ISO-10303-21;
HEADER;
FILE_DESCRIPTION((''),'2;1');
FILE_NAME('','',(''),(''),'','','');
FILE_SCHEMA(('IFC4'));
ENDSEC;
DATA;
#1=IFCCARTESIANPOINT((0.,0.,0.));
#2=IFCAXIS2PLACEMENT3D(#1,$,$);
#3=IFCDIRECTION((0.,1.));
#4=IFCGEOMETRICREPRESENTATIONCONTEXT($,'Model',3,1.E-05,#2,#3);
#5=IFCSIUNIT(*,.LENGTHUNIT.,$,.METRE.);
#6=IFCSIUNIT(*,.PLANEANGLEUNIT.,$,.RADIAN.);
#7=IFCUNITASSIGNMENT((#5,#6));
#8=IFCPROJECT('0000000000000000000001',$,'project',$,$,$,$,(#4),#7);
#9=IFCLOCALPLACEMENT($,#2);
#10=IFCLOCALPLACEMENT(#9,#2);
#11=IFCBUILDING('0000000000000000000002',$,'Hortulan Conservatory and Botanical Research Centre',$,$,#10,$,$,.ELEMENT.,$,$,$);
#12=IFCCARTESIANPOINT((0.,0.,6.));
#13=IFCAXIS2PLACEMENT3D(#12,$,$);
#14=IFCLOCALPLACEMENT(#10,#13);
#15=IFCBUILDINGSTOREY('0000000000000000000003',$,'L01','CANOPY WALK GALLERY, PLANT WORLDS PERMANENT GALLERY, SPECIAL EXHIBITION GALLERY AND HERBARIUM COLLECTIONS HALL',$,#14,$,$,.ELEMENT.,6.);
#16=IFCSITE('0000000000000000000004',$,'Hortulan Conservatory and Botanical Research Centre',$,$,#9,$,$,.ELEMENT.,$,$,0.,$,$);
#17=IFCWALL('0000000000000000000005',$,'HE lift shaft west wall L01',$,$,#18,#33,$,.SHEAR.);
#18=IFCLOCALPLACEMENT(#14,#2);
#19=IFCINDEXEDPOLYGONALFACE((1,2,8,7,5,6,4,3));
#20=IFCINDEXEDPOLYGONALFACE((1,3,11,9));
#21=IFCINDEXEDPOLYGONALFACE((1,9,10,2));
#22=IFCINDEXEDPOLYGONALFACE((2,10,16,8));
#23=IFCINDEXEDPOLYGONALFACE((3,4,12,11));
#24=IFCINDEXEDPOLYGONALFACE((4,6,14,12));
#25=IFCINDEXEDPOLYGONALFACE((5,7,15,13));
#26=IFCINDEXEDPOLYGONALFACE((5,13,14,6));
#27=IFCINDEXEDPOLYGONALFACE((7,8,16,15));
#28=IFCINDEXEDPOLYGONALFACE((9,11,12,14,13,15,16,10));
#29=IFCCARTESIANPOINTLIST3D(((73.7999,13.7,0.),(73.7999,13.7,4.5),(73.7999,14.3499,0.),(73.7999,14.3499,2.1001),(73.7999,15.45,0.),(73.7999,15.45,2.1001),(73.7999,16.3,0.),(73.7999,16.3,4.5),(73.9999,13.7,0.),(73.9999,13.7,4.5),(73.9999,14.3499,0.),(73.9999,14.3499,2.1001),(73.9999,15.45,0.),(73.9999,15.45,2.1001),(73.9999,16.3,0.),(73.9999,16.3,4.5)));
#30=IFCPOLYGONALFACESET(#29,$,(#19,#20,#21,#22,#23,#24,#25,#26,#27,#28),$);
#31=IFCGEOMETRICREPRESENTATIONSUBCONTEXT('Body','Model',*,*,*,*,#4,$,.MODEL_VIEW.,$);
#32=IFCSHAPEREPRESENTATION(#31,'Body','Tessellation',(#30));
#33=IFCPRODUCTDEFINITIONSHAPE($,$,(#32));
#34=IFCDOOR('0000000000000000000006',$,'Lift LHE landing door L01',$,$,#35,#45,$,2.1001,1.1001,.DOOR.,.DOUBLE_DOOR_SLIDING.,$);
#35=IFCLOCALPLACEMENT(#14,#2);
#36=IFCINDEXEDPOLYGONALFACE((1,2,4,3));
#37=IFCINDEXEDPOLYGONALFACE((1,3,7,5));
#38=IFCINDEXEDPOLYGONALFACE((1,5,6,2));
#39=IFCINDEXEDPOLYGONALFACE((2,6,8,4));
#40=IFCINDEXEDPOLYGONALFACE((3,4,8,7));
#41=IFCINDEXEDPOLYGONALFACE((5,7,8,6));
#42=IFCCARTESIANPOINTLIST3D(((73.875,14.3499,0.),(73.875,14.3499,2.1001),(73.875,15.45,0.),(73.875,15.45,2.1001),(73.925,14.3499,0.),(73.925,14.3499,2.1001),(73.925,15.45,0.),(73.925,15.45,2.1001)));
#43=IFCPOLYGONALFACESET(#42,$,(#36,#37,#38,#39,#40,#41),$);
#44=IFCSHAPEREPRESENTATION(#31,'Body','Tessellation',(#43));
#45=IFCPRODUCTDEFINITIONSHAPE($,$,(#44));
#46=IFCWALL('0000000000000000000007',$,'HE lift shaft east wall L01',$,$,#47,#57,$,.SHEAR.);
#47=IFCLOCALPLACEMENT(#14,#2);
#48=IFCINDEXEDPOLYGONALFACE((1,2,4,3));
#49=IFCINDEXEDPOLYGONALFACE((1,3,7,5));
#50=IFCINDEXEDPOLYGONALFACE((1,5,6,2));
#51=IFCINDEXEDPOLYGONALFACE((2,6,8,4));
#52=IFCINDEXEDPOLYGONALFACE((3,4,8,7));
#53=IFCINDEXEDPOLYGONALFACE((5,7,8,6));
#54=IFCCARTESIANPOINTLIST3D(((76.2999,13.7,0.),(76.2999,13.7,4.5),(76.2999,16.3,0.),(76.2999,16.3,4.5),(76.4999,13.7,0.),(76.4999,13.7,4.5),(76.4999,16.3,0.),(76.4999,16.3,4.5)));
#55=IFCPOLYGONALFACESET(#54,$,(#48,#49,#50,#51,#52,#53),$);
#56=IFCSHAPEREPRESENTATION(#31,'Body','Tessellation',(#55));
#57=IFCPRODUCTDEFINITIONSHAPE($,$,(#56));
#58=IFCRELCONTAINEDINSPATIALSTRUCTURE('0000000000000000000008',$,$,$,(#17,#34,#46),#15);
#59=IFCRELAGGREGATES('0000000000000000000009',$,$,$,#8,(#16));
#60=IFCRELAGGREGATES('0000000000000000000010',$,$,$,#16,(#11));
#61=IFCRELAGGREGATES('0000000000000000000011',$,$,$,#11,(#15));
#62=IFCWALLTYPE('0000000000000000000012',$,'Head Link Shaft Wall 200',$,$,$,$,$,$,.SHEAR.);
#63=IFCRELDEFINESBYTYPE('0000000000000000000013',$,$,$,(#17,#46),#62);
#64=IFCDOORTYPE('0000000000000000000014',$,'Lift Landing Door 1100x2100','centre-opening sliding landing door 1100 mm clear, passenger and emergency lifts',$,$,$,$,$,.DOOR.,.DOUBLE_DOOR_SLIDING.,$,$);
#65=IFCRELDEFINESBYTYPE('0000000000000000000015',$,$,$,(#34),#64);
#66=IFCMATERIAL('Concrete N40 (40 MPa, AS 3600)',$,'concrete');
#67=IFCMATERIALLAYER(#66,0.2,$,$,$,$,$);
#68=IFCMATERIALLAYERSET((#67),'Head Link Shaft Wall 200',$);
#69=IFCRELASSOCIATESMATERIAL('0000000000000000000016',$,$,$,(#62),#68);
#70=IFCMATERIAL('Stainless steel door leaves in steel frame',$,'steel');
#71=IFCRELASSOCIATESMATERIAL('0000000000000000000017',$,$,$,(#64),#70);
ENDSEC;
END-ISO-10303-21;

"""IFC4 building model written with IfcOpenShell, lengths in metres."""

from ifc_helpers import new_model, si_unit, direction, frame, frame_2d, origin, place, context, subcontext, project, spatial, rectangle, extrude, material, layer, layer_set, type_object, element, fill, save


model = new_model("IFC4")

# Units and contexts
model_context = context("Model", 3, precision=1e-05, world=origin(), true_north=direction((0.0, 1.0)))
body_context = subcontext(model_context, "Body", "Model", "MODEL_VIEW")
ifc_project = project(units=[si_unit("LENGTHUNIT", "METRE"), si_unit("PLANEANGLEUNIT", "RADIAN")], contexts=[model_context])

# Site, building, storey
site_placement = place(None, origin())
site = spatial("IfcSite", under=ifc_project, at=site_placement, Name="Hortulan Conservatory and Botanical Research Centre", CompositionType="ELEMENT", RefElevation=0.0)
building_placement = place(site_placement, origin())
building = spatial("IfcBuilding", under=site, at=building_placement, Name="Hortulan Conservatory and Botanical Research Centre", CompositionType="ELEMENT")
storey_placement = place(building_placement, frame((0.0, 0.0, 6.0)))
storey = spatial("IfcBuildingStorey", under=building, at=storey_placement, Name="L01", Description="CANOPY WALK GALLERY, PLANT WORLDS PERMANENT GALLERY, SPECIAL EXHIBITION GALLERY AND HERBARIUM COLLECTIONS HALL", CompositionType="ELEMENT", Elevation=6.0)

# Shared definitions
ifc_material_1 = material(Name="Concrete N40 (40 MPa, AS 3600)", Category="concrete")
ifc_layer_1 = layer(ifc_material_1, 0.2)
ifc_layer_set_1 = layer_set([ifc_layer_1], Name="Head Link Shaft Wall 200")
wall_type = type_object("IfcWallType", Name="Head Link Shaft Wall 200", PredefinedType="SHEAR", material=ifc_layer_set_1)

# Wall, opening, door
wall_1_placement = place(storey_placement, frame((73.8999, 13.7, 0.0), z_axis=(0.0, 0.0, 1.0), x_axis=(0.0, 1.0, 0.0)))
wall_1 = element("IfcWall", 1, at=wall_1_placement, inside=storey, type_object=wall_type, Name="HE lift shaft west wall L01", PredefinedType="SHEAR", context=body_context, shape_type="SweptSolid", body=[
    extrude(rectangle(XDim=2.6001, YDim=0.2, at=frame_2d((1.3, 0.0))), origin(), (0.0, 0.0, 1.0), 4.5),
])
opening_placement = place(wall_1_placement, frame((0.6499, 0.0, 0.0)))
opening = element("IfcOpeningElement", 2, at=opening_placement, cuts=wall_1, PredefinedType="OPENING", context=body_context, shape_type="SweptSolid", body=[
    extrude(rectangle(XDim=1.1001, YDim=2.1001, at=frame_2d((0.55, 1.05))), frame((0.0, 0.1099, 0.0), z_axis=(0.0, -1.0, 0.0), x_axis=(1.0, 0.0, 0.0)), (0.0, 0.0, 1.0), 0.22),
])
ifc_material_2 = material(Name="Stainless steel door leaves in steel frame", Category="steel")
door_type = type_object("IfcDoorType", Name="Lift Landing Door 1100x2100", Description="centre-opening sliding landing door 1100 mm clear, passenger and emergency lifts", OperationType="DOUBLE_DOOR_SLIDING", PredefinedType="DOOR", material=ifc_material_2)
door_placement = place(opening_placement, origin())
door = element("IfcDoor", 3, at=door_placement, inside=storey, type_object=door_type, Name="Lift LHE landing door L01", OperationType="DOUBLE_DOOR_SLIDING", OverallHeight=2.1001, OverallWidth=1.1001, PredefinedType="DOOR", context=body_context, shape_type="SweptSolid", body=[
    extrude(rectangle(XDim=1.1001, YDim=2.1001, at=frame_2d((0.55, 1.05))), frame((0.0, 0.0249, 0.0), z_axis=(0.0, -1.0, 0.0), x_axis=(1.0, 0.0, 0.0)), (0.0, 0.0, 1.0), 0.05),
])
fill(opening, door)

# Wall
wall_2_placement = place(storey_placement, frame((76.3999, 13.7, 0.0), z_axis=(0.0, 0.0, 1.0), x_axis=(0.0, 1.0, 0.0)))
element("IfcWall", 4, at=wall_2_placement, inside=storey, type_object=wall_type, Name="HE lift shaft east wall L01", PredefinedType="SHEAR", context=body_context, shape_type="SweptSolid", body=[
    extrude(rectangle(XDim=2.6001, YDim=0.2, at=frame_2d((1.3, 0.0))), origin(), (0.0, 0.0, 1.0), 4.5),
])

save(model, "model.ifc")
